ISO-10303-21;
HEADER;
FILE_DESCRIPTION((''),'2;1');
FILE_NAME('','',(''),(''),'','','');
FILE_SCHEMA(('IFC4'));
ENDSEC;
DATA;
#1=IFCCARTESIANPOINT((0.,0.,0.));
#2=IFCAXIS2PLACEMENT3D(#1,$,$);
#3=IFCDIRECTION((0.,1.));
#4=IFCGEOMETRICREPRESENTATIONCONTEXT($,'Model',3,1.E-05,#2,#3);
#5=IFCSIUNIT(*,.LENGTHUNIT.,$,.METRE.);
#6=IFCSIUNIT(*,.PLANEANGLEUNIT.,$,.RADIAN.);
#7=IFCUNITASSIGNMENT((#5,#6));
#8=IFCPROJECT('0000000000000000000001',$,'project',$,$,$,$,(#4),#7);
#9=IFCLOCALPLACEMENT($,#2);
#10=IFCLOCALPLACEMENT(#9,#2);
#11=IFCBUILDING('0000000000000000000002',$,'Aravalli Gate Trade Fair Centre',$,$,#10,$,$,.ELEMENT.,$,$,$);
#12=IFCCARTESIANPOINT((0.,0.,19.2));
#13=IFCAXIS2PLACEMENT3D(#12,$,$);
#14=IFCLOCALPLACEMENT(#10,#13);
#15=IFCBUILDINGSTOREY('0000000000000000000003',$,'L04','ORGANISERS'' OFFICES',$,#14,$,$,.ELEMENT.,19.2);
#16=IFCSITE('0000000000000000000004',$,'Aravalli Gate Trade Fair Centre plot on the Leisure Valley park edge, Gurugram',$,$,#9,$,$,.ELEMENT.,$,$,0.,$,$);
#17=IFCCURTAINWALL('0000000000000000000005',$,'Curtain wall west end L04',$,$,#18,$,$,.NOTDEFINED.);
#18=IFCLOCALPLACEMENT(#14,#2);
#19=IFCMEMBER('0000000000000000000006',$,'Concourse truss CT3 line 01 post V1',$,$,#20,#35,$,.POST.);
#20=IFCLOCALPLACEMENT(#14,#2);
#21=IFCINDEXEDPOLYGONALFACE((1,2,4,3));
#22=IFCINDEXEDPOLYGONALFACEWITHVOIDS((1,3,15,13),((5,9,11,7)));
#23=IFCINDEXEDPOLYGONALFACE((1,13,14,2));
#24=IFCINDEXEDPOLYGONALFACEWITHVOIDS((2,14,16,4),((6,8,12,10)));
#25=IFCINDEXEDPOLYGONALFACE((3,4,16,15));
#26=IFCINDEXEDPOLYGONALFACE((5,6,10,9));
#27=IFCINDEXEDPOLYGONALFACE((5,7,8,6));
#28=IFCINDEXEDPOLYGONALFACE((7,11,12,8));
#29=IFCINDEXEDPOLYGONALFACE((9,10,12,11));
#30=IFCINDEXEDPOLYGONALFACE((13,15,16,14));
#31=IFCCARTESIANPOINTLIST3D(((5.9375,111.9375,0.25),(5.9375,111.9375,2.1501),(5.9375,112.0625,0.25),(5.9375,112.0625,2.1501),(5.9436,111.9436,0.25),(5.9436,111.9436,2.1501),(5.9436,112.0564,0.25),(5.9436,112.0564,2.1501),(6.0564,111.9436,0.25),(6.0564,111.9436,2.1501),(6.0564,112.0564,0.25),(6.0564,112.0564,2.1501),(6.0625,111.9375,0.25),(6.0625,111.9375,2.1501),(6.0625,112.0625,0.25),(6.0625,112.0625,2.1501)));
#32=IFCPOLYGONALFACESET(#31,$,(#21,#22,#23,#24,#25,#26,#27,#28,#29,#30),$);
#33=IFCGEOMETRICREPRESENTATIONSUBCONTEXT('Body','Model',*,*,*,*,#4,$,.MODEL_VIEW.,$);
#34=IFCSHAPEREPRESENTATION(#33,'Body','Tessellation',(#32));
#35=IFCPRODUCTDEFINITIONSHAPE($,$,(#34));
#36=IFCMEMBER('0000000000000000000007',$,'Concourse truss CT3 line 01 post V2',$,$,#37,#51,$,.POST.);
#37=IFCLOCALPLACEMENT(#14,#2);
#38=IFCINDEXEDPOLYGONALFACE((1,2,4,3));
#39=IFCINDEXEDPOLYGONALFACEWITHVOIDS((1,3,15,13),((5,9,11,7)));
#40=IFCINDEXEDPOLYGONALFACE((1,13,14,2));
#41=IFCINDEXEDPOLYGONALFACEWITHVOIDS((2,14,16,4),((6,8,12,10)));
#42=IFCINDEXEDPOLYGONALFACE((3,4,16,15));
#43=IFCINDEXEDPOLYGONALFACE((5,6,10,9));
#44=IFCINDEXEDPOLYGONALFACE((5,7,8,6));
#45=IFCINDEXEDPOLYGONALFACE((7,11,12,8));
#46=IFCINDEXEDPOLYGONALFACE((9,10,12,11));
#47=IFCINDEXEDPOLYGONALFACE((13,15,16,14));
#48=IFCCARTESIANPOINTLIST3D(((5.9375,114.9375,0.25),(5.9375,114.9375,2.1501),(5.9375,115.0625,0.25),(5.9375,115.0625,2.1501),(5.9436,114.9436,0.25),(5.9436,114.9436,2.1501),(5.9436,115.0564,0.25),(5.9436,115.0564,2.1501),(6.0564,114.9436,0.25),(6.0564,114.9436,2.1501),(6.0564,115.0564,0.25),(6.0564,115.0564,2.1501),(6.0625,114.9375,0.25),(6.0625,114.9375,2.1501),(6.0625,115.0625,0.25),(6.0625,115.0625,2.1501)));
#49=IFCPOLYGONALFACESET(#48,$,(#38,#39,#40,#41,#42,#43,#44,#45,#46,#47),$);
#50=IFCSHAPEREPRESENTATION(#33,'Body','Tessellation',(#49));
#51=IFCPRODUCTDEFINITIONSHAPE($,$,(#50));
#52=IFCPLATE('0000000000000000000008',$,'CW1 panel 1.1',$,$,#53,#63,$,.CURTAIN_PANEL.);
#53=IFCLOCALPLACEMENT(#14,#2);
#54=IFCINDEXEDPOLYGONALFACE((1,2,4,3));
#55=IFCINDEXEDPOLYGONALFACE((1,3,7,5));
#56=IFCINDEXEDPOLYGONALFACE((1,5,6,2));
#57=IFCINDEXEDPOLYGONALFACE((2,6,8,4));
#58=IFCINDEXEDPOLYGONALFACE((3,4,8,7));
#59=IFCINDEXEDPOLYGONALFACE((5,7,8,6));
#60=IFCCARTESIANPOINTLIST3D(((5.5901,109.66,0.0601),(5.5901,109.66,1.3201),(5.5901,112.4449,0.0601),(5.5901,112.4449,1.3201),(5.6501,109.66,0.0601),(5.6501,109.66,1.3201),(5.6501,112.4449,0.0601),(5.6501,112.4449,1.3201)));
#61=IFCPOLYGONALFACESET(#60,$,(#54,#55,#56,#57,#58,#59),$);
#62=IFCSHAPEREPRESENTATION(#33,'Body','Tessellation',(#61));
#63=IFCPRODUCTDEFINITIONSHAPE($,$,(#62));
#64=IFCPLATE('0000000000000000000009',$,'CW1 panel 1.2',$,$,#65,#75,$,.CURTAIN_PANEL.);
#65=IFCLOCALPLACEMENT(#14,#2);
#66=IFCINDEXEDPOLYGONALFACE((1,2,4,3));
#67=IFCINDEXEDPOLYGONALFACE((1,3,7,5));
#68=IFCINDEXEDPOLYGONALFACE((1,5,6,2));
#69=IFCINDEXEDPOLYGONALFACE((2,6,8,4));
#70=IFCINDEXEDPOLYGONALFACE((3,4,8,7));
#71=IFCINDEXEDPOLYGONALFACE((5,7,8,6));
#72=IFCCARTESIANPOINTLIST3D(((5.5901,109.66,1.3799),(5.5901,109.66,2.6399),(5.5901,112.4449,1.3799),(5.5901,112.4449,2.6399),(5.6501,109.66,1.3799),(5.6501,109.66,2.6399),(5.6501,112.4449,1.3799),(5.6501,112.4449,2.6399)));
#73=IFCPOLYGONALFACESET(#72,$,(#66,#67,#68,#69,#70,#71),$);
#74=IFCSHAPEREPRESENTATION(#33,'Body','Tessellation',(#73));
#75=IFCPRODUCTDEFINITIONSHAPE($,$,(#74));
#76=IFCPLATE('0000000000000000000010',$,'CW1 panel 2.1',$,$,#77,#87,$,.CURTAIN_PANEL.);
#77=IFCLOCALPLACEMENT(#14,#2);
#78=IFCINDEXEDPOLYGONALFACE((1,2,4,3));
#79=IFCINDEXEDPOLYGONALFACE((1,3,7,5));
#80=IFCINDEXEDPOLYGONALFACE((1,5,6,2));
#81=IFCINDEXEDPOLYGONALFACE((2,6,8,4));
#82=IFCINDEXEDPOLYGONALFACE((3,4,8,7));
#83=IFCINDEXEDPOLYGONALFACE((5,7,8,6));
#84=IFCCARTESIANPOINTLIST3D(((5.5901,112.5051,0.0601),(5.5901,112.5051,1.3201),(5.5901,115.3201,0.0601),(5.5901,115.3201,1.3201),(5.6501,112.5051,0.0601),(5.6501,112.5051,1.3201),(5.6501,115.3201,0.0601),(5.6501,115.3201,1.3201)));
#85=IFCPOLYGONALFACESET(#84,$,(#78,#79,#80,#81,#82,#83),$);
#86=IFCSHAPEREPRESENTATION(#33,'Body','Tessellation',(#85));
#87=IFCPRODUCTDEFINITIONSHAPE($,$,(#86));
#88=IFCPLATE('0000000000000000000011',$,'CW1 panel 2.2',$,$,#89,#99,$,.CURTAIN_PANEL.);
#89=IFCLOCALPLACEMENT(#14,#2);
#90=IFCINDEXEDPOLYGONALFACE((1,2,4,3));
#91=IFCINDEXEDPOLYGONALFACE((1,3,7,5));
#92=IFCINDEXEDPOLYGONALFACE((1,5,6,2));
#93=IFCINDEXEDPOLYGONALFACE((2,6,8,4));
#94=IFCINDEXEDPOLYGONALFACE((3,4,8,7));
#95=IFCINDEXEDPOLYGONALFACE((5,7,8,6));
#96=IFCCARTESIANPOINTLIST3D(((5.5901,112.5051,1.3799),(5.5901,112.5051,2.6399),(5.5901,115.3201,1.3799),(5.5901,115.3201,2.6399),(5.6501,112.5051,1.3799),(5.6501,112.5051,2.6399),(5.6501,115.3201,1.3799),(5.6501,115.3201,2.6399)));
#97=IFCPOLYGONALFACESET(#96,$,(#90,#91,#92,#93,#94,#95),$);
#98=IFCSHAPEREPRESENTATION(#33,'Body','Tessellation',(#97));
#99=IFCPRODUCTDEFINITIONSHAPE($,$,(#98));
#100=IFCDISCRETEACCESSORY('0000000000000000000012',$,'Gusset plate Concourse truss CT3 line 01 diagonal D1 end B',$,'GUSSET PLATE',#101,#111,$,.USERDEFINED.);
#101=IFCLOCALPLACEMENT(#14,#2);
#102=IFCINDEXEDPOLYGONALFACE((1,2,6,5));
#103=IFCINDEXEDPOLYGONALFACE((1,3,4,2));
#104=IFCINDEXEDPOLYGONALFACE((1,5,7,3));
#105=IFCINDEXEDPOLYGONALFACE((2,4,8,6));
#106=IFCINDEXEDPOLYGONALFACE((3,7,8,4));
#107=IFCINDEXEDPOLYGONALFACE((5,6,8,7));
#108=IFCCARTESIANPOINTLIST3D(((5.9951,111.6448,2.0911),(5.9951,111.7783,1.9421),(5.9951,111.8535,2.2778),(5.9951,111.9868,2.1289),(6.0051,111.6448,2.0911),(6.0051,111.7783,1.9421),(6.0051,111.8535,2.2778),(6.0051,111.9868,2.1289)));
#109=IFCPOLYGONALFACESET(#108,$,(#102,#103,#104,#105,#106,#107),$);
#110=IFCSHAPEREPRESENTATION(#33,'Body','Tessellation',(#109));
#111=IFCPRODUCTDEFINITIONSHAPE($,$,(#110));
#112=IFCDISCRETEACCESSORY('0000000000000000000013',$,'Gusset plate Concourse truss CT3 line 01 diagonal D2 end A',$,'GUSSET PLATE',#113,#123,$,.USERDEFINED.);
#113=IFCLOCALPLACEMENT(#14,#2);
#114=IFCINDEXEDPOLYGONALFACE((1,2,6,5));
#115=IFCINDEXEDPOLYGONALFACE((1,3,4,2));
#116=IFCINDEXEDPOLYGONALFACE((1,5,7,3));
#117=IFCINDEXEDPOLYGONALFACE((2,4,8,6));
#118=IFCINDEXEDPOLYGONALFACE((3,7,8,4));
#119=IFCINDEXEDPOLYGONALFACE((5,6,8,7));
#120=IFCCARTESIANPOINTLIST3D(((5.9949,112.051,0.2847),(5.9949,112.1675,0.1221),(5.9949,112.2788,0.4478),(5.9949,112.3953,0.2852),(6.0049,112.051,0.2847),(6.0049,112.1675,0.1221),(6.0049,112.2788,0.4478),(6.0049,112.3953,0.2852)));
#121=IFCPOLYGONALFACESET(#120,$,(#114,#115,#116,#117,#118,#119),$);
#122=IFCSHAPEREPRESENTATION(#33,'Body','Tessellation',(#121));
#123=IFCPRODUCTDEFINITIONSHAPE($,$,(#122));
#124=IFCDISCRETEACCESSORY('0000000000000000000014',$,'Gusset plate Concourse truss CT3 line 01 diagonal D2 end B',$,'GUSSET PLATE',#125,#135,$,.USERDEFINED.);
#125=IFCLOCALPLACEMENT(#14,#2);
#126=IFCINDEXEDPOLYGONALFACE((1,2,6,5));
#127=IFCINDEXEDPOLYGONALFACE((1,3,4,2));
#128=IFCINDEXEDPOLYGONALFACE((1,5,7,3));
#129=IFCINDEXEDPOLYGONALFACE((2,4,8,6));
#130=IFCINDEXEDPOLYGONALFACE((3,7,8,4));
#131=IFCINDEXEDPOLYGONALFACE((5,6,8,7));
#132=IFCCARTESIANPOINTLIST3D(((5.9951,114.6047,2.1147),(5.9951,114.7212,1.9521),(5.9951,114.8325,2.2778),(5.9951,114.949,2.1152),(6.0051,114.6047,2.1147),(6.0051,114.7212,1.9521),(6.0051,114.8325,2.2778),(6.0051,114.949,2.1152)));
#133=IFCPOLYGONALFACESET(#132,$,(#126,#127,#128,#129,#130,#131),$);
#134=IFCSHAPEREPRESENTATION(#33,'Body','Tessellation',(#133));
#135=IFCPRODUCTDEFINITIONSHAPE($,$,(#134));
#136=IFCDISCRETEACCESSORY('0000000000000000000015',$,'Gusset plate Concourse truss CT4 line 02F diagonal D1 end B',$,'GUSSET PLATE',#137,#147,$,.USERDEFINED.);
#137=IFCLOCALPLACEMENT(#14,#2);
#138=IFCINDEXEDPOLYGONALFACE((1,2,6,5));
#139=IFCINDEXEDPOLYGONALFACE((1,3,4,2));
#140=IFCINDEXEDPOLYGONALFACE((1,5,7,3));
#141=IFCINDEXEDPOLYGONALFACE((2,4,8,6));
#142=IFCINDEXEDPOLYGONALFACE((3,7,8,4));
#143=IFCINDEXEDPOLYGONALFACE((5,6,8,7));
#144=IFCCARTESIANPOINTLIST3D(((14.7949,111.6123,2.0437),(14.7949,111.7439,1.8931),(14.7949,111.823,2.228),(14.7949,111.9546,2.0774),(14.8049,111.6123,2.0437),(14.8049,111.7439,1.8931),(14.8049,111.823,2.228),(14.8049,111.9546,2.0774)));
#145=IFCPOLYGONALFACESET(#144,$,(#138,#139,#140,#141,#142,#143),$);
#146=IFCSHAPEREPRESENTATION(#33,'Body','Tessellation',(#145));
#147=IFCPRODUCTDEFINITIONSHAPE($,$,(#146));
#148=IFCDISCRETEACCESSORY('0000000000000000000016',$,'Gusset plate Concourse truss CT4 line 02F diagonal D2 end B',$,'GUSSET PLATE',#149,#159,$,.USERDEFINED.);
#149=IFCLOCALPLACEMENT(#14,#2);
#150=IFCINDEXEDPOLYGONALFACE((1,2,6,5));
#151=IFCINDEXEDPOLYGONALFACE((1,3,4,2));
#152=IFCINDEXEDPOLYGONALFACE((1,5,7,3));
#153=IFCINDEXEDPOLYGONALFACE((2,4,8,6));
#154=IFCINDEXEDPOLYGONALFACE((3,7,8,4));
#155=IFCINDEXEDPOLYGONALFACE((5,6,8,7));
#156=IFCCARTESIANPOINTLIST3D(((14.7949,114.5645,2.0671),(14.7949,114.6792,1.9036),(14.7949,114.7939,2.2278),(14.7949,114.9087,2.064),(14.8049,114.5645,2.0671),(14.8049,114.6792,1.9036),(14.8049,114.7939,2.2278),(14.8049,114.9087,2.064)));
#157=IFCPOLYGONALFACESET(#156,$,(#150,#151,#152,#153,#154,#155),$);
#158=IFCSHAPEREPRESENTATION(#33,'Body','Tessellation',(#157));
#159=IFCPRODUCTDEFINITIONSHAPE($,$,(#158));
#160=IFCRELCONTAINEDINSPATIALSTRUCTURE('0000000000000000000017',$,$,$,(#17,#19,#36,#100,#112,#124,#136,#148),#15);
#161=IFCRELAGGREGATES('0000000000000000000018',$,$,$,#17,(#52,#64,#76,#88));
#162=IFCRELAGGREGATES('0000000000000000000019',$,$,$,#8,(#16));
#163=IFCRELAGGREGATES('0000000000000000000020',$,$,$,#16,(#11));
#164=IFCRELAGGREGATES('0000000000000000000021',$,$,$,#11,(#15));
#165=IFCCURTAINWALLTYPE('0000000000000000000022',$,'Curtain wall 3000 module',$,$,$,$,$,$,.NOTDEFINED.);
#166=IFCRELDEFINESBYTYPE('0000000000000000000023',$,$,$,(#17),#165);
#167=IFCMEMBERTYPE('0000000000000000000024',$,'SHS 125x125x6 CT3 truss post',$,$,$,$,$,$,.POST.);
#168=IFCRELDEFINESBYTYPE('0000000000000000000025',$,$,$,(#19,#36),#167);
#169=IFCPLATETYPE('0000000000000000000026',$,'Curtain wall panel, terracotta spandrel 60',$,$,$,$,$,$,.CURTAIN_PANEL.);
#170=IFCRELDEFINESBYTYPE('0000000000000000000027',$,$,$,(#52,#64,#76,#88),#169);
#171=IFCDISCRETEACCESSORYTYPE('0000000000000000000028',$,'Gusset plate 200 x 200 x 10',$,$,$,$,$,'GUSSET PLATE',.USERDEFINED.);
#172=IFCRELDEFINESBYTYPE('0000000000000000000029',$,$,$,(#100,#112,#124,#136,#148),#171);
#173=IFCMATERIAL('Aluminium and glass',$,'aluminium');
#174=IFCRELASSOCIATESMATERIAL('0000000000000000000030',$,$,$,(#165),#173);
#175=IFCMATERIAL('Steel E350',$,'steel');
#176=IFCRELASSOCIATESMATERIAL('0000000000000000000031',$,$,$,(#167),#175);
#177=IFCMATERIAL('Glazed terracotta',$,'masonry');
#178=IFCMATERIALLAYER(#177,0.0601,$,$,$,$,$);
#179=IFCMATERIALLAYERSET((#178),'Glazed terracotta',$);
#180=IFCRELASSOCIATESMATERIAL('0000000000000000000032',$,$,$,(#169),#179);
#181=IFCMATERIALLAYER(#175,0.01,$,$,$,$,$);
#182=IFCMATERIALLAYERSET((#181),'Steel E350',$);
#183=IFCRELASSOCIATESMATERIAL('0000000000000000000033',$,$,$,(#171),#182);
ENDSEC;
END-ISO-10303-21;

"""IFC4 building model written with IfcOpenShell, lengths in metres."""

from ifc_helpers import new_model, si_unit, direction, frame, origin, origin_2d, place, context, subcontext, project, spatial, polyline, rectangle, hollow_rectangle, outline, extrude, material, layer, layer_set, material_profile, profile_set, type_object, element, aggregate, save


model = new_model("IFC4")

# Units and contexts
model_context = context("Model", 3, precision=1e-05, world=origin(), true_north=direction((0.0, 1.0)))
body_context = subcontext(model_context, "Body", "Model", "MODEL_VIEW")
ifc_project = project(units=[si_unit("LENGTHUNIT", "METRE"), si_unit("PLANEANGLEUNIT", "RADIAN")], contexts=[model_context])

# Site, building, storey
site_placement = place(None, origin())
site = spatial("IfcSite", under=ifc_project, at=site_placement, Name="Aravalli Gate Trade Fair Centre plot on the Leisure Valley park edge, Gurugram", CompositionType="ELEMENT", RefElevation=0.0)
building_placement = place(site_placement, origin())
building = spatial("IfcBuilding", under=site, at=building_placement, Name="Aravalli Gate Trade Fair Centre", CompositionType="ELEMENT")
storey_placement = place(building_placement, frame((0.0, 0.0, 19.2)))
storey = spatial("IfcBuildingStorey", under=building, at=storey_placement, Name="L04", Description="ORGANISERS' OFFICES", CompositionType="ELEMENT", Elevation=19.2)

# Curtain wall
ifc_material_1 = material(Name="Aluminium and glass", Category="aluminium")
curtain_wall_type = type_object("IfcCurtainWallType", Name="Curtain wall 3000 module", PredefinedType="NOTDEFINED", material=ifc_material_1)
curtain_wall_placement = place(storey_placement, origin())
curtain_wall = element("IfcCurtainWall", 1, at=curtain_wall_placement, inside=storey, type_object=curtain_wall_type, Name="Curtain wall west end L04", PredefinedType="NOTDEFINED")

# Members
ifc_material_2 = material(Name="Steel E350", Category="steel")
ifc_material_profile_1 = material_profile(ifc_material_2, hollow_rectangle(XDim=0.125, YDim=0.125, WallThickness=0.0061, at=origin_2d()), Name="SHS 125x125x6")
ifc_profile_set_1 = profile_set([ifc_material_profile_1], Name="Steel E350")
member_type_1 = type_object("IfcMemberType", Name="SHS 125x125x6 CT3 truss post", PredefinedType="POST", material=ifc_profile_set_1)
for number, where, z_axis, x_axis, name in (
    (2, (6.0, 112.0, 0.25), (0.0, 0.0, 1.0), (1.0, 0.0, 0.0), "Concourse truss CT3 line 01 post V1"),
    (3, (6.0, 115.0, 0.25), (0.0, 0.0, 1.0), (1.0, 0.0, 0.0), "Concourse truss CT3 line 01 post V2"),
):
    element("IfcMember", number, at=place(storey_placement, frame(where, z_axis=z_axis, x_axis=x_axis)), inside=storey, type_object=member_type_1, Name=name, PredefinedType="POST", context=body_context, shape_type="SweptSolid", body=[
        extrude(hollow_rectangle(XDim=0.125, YDim=0.125, WallThickness=0.0061, at=origin_2d()), origin(), (0.0, 0.0, 1.0), 1.9001),
    ])

# Plates
ifc_material_3 = material(Name="Glazed terracotta", Category="masonry")
ifc_layer_1 = layer(ifc_material_3, 0.0601)
ifc_layer_set_1 = layer_set([ifc_layer_1], Name="Glazed terracotta")
plate_type = type_object("IfcPlateType", Name="Curtain wall panel, terracotta spandrel 60", PredefinedType="CURTAIN_PANEL", material=ifc_layer_set_1)
plate_1_placement = place(storey_placement, frame((5.6201, 111.0525, 0.0601), z_axis=(0.0, 0.0, 1.0), x_axis=(0.0, 1.0, 0.0)))
plate_1 = element("IfcPlate", 4, at=plate_1_placement, type_object=plate_type, Name="CW1 panel 1.1", PredefinedType="CURTAIN_PANEL", context=body_context, shape_type="SweptSolid", body=[
    extrude(rectangle(XDim=2.7849, YDim=0.0601, at=origin_2d()), origin(), (0.0, 0.0, 1.0), 1.26),
])
plate_2_placement = place(storey_placement, frame((5.6201, 111.0525, 1.3799), z_axis=(0.0, 0.0, 1.0), x_axis=(0.0, 1.0, 0.0)))
plate_2 = element("IfcPlate", 5, at=plate_2_placement, type_object=plate_type, Name="CW1 panel 1.2", PredefinedType="CURTAIN_PANEL", context=body_context, shape_type="SweptSolid", body=[
    extrude(rectangle(XDim=2.7849, YDim=0.0601, at=origin_2d()), origin(), (0.0, 0.0, 1.0), 1.26),
])
plate_3_placement = place(storey_placement, frame((5.6201, 113.9126, 0.0601), z_axis=(0.0, 0.0, 1.0), x_axis=(0.0, 1.0, 0.0)))
plate_3 = element("IfcPlate", 6, at=plate_3_placement, type_object=plate_type, Name="CW1 panel 2.1", PredefinedType="CURTAIN_PANEL", context=body_context, shape_type="SweptSolid", body=[
    extrude(rectangle(XDim=2.8149, YDim=0.0601, at=origin_2d()), origin(), (0.0, 0.0, 1.0), 1.26),
])
plate_4_placement = place(storey_placement, frame((5.6201, 113.9126, 1.3799), z_axis=(0.0, 0.0, 1.0), x_axis=(0.0, 1.0, 0.0)))
plate_4 = element("IfcPlate", 7, at=plate_4_placement, type_object=plate_type, Name="CW1 panel 2.2", PredefinedType="CURTAIN_PANEL", context=body_context, shape_type="SweptSolid", body=[
    extrude(rectangle(XDim=2.8149, YDim=0.0601, at=origin_2d()), origin(), (0.0, 0.0, 1.0), 1.26),
])
aggregate(curtain_wall, [plate_1, plate_2, plate_3, plate_4])

# Discrete accessories
ifc_layer_2 = layer(ifc_material_2, 0.01)
ifc_layer_set_2 = layer_set([ifc_layer_2], Name="Steel E350")
discrete_accessory_type = type_object("IfcDiscreteAccessoryType", Name="Gusset plate 200 x 200 x 10", ElementType="GUSSET PLATE", PredefinedType="USERDEFINED", material=ifc_layer_set_2)
discrete_accessory_1_placement = place(storey_placement, frame((5.9951, 111.6448, 2.0911), z_axis=(-1.0, 0.0, 0.0), x_axis=(0.0, 0.745241, 0.666795)))
element("IfcDiscreteAccessory", 8, at=discrete_accessory_1_placement, inside=storey, type_object=discrete_accessory_type, Name="Gusset plate Concourse truss CT3 line 01 diagonal D1 end B", ObjectType="GUSSET PLATE", PredefinedType="USERDEFINED", context=body_context, shape_type="SweptSolid", body=[
    extrude(outline(polyline([(0.0, 0.0), (0.2801, 0.0), (0.2801, 0.1999), (0.0002, 0.2), (0.0, 0.0)])), origin(), (0.0, 0.0, -1.0), 0.01),
])
discrete_accessory_2_placement = place(storey_placement, frame((6.0049, 112.2788, 0.4478), z_axis=(1.0, 0.0, 0.0), x_axis=(0.0, -0.813085, -0.582145)))
element("IfcDiscreteAccessory", 9, at=discrete_accessory_2_placement, inside=storey, type_object=discrete_accessory_type, Name="Gusset plate Concourse truss CT3 line 01 diagonal D2 end A", ObjectType="GUSSET PLATE", PredefinedType="USERDEFINED", context=body_context, shape_type="SweptSolid", body=[
    extrude(outline(polyline([(0.0, 0.0), (0.2801, 0.0), (0.2801, 0.2), (0.0, 0.2), (0.0, 0.0)])), origin(), (0.0, 0.0, -1.0), 0.01),
])
discrete_accessory_3_placement = place(storey_placement, frame((5.9951, 114.6047, 2.1147), z_axis=(-1.0, 0.0, 0.0), x_axis=(0.0, 0.813085, 0.582145)))
element("IfcDiscreteAccessory", 10, at=discrete_accessory_3_placement, inside=storey, type_object=discrete_accessory_type, Name="Gusset plate Concourse truss CT3 line 01 diagonal D2 end B", ObjectType="GUSSET PLATE", PredefinedType="USERDEFINED", context=body_context, shape_type="SweptSolid", body=[
    extrude(outline(polyline([(0.0, 0.0), (0.2801, 0.0), (0.2802, 0.2), (0.0, 0.2), (0.0, 0.0)])), origin(), (0.0, 0.0, -1.0), 0.01),
])
discrete_accessory_4_placement = place(storey_placement, frame((14.7949, 111.6123, 2.0437), z_axis=(-1.0, 0.0, 0.0), x_axis=(0.0, 0.752631, 0.658443)))
element("IfcDiscreteAccessory", 11, at=discrete_accessory_4_placement, inside=storey, type_object=discrete_accessory_type, Name="Gusset plate Concourse truss CT4 line 02F diagonal D1 end B", ObjectType="GUSSET PLATE", PredefinedType="USERDEFINED", context=body_context, shape_type="SweptSolid", body=[
    extrude(outline(polyline([(0.0, 0.0), (0.2799, 0.0), (0.2798, 0.2), (-0.0001, 0.2), (0.0, 0.0)])), origin(), (0.0, 0.0, -1.0), 0.01),
])
discrete_accessory_5_placement = place(storey_placement, frame((14.7949, 114.5645, 2.0671), z_axis=(-1.0, 0.0, 0.0), x_axis=(0.0, 0.819232, 0.573462)))
element("IfcDiscreteAccessory", 12, at=discrete_accessory_5_placement, inside=storey, type_object=discrete_accessory_type, Name="Gusset plate Concourse truss CT4 line 02F diagonal D2 end B", ObjectType="GUSSET PLATE", PredefinedType="USERDEFINED", context=body_context, shape_type="SweptSolid", body=[
    extrude(outline(polyline([(0.0, 0.0), (0.2801, 0.0), (0.2802, 0.2), (0.0002, 0.1998), (0.0, 0.0)])), origin(), (0.0, 0.0, -1.0), 0.01),
])

save(model, "model.ifc")
